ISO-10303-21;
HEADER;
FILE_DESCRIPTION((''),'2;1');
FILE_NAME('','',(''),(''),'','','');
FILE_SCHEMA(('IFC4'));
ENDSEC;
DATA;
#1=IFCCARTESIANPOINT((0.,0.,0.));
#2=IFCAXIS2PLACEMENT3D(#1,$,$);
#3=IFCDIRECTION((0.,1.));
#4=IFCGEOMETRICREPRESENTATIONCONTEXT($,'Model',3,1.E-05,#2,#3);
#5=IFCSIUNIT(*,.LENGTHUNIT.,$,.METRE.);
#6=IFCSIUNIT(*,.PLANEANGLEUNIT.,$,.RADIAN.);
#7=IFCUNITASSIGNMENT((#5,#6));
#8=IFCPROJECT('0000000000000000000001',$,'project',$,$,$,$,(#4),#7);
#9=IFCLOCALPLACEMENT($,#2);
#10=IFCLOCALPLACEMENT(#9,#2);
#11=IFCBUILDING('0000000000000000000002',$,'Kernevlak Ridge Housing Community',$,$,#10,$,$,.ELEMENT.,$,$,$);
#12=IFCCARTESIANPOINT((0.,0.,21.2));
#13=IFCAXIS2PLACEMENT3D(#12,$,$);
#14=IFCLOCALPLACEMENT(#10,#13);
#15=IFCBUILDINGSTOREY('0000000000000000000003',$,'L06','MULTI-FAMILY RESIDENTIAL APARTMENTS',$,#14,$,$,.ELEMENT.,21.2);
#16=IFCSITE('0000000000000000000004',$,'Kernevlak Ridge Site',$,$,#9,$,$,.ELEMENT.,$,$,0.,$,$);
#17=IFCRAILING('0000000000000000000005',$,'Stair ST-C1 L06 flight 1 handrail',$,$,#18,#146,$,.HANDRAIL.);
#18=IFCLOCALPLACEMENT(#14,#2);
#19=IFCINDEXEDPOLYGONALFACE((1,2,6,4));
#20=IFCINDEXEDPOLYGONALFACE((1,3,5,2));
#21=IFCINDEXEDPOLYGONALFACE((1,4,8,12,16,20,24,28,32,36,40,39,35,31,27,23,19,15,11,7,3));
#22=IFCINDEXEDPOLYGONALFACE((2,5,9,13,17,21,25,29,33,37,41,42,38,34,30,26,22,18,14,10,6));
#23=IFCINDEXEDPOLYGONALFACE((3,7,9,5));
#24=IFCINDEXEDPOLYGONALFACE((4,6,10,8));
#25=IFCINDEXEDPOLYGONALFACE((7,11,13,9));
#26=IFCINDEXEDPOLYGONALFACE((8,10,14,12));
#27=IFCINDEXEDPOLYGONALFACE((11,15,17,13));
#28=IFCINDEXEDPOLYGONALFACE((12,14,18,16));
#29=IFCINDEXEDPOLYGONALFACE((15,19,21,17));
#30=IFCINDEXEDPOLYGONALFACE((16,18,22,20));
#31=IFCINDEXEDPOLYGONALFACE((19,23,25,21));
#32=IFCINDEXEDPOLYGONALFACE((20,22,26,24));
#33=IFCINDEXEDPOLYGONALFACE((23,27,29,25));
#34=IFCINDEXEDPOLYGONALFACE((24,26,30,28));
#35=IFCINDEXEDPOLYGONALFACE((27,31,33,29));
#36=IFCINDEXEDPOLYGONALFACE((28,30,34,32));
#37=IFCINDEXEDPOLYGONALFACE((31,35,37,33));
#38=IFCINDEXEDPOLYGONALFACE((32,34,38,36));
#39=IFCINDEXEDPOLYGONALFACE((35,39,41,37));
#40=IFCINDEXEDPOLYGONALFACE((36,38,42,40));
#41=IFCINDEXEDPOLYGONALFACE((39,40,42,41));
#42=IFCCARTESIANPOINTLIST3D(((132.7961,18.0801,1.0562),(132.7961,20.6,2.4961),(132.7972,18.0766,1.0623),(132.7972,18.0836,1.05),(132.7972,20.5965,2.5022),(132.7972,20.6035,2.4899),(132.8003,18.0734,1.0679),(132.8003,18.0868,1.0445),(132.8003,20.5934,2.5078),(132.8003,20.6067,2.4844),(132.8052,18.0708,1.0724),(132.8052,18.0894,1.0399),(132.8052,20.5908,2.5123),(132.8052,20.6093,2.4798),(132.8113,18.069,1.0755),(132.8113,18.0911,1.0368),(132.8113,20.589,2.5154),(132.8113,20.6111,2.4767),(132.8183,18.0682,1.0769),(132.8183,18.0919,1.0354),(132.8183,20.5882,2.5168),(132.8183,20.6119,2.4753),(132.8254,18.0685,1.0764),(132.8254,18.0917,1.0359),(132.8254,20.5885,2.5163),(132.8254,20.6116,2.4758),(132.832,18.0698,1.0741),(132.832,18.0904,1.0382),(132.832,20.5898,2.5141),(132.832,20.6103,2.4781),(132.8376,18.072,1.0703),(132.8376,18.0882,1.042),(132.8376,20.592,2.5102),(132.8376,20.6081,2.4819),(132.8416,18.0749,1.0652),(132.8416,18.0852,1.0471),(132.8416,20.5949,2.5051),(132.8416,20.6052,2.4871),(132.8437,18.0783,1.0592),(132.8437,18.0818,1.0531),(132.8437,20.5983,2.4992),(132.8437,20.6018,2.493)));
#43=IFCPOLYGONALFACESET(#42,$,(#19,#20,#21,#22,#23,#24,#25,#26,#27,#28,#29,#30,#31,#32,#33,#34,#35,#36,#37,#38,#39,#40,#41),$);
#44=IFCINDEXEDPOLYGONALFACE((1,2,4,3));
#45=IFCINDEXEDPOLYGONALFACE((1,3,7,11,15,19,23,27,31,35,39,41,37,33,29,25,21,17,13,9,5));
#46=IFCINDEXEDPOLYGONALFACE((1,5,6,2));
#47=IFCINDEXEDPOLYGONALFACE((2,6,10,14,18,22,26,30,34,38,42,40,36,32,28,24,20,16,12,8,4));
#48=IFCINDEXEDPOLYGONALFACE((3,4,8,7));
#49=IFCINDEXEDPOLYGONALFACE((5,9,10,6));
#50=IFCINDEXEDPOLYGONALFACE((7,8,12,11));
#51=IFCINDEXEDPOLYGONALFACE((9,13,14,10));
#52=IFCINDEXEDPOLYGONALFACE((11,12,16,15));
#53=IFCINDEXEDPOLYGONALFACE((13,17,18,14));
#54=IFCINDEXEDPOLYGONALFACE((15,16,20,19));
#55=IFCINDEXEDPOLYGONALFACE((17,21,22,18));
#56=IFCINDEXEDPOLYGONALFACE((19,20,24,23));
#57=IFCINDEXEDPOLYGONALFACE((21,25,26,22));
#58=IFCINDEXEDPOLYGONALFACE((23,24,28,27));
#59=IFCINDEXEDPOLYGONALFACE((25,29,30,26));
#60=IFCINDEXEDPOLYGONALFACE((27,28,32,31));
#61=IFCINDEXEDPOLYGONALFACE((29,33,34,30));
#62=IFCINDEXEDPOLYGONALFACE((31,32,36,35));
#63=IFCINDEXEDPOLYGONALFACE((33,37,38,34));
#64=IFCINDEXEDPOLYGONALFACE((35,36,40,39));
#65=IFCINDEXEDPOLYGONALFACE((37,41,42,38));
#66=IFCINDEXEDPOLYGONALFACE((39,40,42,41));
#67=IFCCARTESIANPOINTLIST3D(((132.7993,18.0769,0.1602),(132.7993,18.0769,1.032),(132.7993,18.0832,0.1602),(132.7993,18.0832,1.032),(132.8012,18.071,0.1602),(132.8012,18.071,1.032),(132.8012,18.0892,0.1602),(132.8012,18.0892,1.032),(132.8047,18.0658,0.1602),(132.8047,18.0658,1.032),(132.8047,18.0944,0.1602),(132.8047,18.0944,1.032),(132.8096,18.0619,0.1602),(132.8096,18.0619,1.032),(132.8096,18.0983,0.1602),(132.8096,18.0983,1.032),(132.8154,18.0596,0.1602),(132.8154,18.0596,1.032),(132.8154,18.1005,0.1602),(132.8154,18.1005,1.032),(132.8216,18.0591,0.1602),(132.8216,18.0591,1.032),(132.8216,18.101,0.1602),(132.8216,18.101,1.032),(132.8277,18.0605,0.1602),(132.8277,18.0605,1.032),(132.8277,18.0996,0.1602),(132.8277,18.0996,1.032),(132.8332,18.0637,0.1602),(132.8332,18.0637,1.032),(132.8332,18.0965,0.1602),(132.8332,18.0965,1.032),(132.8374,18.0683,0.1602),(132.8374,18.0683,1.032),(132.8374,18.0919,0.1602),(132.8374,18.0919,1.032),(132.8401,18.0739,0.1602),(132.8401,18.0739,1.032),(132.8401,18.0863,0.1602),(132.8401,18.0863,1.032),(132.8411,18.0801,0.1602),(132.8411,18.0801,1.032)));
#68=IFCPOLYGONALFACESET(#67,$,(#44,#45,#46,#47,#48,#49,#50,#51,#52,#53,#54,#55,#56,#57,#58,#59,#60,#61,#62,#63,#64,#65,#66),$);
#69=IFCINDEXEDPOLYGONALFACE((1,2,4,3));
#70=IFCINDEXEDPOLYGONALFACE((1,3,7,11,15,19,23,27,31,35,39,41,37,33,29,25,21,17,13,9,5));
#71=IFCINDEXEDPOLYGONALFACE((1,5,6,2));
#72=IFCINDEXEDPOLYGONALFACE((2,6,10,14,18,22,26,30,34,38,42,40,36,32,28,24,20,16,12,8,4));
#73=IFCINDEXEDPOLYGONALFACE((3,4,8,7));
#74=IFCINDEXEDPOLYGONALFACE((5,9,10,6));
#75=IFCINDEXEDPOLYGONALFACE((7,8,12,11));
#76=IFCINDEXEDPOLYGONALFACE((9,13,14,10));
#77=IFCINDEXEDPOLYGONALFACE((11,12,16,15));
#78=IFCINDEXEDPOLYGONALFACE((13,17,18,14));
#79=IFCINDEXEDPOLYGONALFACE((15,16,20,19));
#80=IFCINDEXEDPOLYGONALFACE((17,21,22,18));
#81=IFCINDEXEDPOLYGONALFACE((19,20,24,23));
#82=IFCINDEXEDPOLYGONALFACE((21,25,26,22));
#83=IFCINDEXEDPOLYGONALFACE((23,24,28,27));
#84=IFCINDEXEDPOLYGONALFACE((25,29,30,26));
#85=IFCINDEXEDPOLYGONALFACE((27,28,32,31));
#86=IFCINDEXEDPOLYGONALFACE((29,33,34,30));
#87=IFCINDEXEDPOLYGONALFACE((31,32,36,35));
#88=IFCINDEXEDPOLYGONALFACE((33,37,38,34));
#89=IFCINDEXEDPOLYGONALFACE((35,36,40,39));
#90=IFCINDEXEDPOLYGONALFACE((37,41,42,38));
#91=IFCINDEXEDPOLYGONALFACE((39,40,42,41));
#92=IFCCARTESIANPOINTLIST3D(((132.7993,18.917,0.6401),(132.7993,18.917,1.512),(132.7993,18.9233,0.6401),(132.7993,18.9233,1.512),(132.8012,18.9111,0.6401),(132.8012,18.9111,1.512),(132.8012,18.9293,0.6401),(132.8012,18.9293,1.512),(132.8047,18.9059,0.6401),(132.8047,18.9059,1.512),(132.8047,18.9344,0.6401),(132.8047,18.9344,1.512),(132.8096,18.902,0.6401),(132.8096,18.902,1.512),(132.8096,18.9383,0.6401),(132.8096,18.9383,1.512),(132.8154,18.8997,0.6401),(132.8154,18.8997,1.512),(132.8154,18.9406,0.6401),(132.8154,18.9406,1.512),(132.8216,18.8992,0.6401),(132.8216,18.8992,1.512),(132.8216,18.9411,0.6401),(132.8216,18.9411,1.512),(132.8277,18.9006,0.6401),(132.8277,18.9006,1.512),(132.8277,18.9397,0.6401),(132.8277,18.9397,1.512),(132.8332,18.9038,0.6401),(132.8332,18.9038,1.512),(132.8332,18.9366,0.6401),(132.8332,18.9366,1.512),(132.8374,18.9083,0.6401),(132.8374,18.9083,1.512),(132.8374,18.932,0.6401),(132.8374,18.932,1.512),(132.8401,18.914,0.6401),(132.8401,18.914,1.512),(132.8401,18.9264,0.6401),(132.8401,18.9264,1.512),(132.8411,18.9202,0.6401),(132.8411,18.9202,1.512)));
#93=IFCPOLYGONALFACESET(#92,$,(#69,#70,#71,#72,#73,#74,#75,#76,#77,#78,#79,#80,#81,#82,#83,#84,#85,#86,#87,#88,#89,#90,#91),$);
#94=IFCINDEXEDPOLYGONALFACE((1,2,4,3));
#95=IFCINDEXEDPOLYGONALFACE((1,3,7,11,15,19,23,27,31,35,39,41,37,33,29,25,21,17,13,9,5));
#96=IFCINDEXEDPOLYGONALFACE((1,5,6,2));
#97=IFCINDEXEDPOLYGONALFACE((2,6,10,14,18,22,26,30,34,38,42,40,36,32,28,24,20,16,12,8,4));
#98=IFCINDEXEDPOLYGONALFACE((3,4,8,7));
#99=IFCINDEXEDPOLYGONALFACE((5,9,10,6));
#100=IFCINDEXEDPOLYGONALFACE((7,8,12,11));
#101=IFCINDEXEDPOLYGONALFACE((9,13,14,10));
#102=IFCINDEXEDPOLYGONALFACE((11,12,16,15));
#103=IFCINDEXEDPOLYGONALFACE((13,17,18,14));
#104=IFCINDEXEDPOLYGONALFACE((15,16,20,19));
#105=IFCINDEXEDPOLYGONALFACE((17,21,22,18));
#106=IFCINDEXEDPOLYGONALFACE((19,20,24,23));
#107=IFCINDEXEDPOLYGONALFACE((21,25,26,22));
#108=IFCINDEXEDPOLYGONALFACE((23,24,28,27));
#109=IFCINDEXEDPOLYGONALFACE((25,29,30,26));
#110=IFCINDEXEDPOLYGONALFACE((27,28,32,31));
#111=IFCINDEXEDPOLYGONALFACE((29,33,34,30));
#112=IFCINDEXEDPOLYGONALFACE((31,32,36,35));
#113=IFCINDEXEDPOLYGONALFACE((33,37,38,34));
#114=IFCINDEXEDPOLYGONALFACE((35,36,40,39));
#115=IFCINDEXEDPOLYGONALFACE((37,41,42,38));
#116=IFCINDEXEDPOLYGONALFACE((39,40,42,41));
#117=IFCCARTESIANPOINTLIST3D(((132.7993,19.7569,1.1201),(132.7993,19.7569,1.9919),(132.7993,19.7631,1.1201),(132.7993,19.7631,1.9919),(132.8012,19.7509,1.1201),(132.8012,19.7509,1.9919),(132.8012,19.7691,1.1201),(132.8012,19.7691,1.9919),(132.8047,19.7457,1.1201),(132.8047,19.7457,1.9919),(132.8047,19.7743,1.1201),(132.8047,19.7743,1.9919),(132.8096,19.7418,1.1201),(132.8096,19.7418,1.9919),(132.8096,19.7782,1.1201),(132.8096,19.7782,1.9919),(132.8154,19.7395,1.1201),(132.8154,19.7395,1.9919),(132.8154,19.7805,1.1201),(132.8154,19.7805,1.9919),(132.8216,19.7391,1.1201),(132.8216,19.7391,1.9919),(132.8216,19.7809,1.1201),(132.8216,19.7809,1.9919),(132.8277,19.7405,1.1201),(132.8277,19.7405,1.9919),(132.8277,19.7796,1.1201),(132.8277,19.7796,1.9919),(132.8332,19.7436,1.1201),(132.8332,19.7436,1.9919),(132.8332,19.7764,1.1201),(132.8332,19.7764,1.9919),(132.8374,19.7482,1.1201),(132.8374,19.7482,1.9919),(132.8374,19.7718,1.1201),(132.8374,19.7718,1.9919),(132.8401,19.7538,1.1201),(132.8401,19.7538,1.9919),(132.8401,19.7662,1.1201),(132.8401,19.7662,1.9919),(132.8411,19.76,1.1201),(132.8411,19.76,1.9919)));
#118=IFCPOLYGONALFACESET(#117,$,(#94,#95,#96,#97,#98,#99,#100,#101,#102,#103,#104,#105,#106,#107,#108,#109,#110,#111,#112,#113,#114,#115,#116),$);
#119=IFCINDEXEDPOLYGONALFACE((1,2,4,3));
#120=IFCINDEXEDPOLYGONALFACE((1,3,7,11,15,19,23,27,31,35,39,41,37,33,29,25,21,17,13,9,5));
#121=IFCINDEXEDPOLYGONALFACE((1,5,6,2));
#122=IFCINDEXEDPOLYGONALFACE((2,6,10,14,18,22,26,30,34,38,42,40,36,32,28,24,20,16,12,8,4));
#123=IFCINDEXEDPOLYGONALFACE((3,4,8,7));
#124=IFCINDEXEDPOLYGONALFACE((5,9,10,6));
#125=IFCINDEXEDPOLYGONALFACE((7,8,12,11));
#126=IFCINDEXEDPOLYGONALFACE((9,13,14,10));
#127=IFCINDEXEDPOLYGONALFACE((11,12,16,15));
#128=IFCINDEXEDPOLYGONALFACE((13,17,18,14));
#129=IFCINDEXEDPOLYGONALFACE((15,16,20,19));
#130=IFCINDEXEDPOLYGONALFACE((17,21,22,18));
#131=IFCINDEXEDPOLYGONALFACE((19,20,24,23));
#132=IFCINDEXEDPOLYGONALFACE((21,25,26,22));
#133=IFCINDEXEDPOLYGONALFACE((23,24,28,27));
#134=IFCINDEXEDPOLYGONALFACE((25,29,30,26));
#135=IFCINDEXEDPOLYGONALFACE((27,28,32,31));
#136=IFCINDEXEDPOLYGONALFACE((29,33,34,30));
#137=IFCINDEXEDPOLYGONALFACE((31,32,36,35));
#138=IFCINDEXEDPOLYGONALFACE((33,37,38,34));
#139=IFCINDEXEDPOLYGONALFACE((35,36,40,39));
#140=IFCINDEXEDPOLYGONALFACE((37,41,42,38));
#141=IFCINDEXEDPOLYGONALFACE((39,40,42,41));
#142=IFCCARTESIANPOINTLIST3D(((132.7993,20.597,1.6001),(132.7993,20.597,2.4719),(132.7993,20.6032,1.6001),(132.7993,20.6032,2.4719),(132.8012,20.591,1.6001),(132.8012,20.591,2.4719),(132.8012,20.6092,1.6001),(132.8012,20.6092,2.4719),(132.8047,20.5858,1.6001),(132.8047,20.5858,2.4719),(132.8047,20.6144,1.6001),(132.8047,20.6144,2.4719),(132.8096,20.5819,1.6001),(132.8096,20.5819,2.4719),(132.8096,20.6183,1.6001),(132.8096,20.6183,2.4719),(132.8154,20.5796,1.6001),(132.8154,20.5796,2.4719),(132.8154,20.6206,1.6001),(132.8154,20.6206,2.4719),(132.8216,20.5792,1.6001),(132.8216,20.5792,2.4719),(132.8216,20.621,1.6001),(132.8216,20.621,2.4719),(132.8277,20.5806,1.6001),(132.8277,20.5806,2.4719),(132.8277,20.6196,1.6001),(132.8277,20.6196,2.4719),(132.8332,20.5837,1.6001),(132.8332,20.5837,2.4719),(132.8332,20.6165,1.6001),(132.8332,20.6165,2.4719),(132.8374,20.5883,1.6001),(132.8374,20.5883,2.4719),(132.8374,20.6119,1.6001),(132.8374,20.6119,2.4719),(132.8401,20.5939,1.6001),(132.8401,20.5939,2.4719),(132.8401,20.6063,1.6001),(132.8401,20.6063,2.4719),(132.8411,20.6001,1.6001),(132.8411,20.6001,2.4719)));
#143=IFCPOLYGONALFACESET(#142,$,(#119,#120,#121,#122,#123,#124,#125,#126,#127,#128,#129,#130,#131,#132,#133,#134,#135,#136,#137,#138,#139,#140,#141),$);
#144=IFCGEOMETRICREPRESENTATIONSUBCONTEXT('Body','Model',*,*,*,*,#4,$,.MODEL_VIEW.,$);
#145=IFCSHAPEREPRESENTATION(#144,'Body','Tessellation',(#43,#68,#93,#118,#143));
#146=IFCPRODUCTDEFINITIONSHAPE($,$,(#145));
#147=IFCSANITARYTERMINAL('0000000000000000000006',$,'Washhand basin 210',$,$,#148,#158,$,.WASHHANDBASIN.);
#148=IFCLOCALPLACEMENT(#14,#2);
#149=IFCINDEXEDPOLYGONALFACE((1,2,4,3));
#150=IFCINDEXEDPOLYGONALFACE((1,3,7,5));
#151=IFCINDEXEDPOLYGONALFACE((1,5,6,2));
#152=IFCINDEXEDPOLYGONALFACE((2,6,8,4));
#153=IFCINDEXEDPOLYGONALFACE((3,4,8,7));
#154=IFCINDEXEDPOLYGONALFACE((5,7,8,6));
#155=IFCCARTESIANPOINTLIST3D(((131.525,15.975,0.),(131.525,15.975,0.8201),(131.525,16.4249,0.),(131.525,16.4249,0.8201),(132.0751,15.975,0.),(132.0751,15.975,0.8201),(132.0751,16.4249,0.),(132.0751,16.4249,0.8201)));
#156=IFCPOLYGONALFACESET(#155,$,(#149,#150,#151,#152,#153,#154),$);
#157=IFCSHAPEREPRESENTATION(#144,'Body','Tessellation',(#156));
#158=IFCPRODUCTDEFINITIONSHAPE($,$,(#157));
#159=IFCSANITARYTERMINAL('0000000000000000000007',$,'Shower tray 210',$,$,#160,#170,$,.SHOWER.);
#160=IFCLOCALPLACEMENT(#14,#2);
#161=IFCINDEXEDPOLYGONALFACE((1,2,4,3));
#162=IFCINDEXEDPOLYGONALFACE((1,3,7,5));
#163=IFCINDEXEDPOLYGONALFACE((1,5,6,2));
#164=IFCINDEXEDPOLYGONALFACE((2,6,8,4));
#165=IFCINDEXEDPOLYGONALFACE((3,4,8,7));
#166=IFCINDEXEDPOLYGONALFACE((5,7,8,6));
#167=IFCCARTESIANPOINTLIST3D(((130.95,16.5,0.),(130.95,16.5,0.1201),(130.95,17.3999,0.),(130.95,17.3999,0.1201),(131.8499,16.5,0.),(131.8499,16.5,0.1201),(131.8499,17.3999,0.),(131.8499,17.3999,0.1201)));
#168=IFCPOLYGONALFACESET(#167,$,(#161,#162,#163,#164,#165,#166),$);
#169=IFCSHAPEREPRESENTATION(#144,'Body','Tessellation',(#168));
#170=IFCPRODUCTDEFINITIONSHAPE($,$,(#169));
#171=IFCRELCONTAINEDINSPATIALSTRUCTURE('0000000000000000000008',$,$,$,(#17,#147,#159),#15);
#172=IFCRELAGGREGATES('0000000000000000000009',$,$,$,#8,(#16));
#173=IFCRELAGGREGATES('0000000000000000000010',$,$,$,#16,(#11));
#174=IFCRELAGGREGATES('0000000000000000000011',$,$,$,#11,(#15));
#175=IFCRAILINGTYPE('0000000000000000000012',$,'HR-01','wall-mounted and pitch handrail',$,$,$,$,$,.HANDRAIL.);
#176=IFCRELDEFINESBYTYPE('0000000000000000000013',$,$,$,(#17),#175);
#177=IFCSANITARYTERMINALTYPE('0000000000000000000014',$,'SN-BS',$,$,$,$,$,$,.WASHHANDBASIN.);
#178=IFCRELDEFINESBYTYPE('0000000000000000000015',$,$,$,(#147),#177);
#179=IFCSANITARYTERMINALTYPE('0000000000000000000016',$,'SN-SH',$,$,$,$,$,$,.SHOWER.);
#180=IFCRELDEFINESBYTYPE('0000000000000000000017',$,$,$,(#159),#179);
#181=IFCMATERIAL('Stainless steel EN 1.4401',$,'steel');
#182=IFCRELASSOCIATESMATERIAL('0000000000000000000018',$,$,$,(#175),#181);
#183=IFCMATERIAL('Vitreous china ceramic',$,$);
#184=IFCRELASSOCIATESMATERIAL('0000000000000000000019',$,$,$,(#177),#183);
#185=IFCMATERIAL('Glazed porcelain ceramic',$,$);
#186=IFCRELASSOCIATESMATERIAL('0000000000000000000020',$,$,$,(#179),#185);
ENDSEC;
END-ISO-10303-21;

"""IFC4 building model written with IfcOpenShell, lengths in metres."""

from ifc_helpers import new_model, si_unit, direction, frame, origin, origin_2d, place, context, subcontext, project, spatial, rectangle, circle, extrude, material, type_object, element, save


model = new_model("IFC4")

# Units and contexts
model_context = context("Model", 3, precision=1e-05, world=origin(), true_north=direction((0.0, 1.0)))
body_context = subcontext(model_context, "Body", "Model", "MODEL_VIEW")
ifc_project = project(units=[si_unit("LENGTHUNIT", "METRE"), si_unit("PLANEANGLEUNIT", "RADIAN")], contexts=[model_context])

# Site, building, storey
site_placement = place(None, origin())
site = spatial("IfcSite", under=ifc_project, at=site_placement, Name="Kernevlak Ridge Site", CompositionType="ELEMENT", RefElevation=0.0)
building_placement = place(site_placement, origin())
building = spatial("IfcBuilding", under=site, at=building_placement, Name="Kernevlak Ridge Housing Community", CompositionType="ELEMENT")
storey_placement = place(building_placement, frame((0.0, 0.0, 21.2)))
storey = spatial("IfcBuildingStorey", under=building, at=storey_placement, Name="L06", Description="MULTI-FAMILY RESIDENTIAL APARTMENTS", CompositionType="ELEMENT", Elevation=21.2)

# Railing
ifc_material_1 = material(Name="Stainless steel EN 1.4401", Category="steel")
railing_type_1 = type_object("IfcRailingType", Name="HR-01", Description="wall-mounted and pitch handrail", PredefinedType="HANDRAIL", material=ifc_material_1)
railing_1_placement = place(storey_placement, frame((132.8201, 18.0801, 0.1602)))
element("IfcRailing", 1, at=railing_1_placement, inside=storey, type_object=railing_type_1, Name="Stair ST-C1 L06 flight 1 handrail", PredefinedType="HANDRAIL", context=body_context, shape_type="SweptSolid", body=[
    extrude(circle(Radius=0.0239, at=origin_2d()), frame((0.0, 0.0, 0.896), z_axis=(0.0, 0.868253, 0.496121), x_axis=(-1.0, 0.0, 0.0)), (0.0, 0.0, 1.0), 2.9023),
    extrude(circle(Radius=0.021, at=origin_2d()), origin(), (0.0, 0.0, 1.0), 0.8718),
    extrude(circle(Radius=0.021, at=origin_2d()), frame((0.0, 0.8401, 0.48)), (0.0, 0.0, 1.0), 0.8718),
    extrude(circle(Radius=0.021, at=origin_2d()), frame((0.0, 1.6799, 0.96)), (0.0, 0.0, 1.0), 0.8718),
    extrude(circle(Radius=0.021, at=origin_2d()), frame((0.0, 2.52, 1.4399)), (0.0, 0.0, 1.0), 0.8718),
])

# Sanitary terminals
ifc_material_2 = material(Name="Vitreous china ceramic")
sanitary_terminal_type_1 = type_object("IfcSanitaryTerminalType", Name="SN-BS", PredefinedType="WASHHANDBASIN", material=ifc_material_2)
sanitary_terminal_1_placement = place(storey_placement, frame((131.8, 16.2, 0.0), z_axis=(0.0, 0.0, 1.0), x_axis=(1.0, 0.0, 0.0)))
element("IfcSanitaryTerminal", 2, at=sanitary_terminal_1_placement, inside=storey, type_object=sanitary_terminal_type_1, Name="Washhand basin 210", PredefinedType="WASHHANDBASIN", context=body_context, shape_type="SweptSolid", body=[
    extrude(rectangle(XDim=0.55, YDim=0.45, at=origin_2d()), origin(), (0.0, 0.0, 1.0), 0.8201),
])
ifc_material_3 = material(Name="Glazed porcelain ceramic")
sanitary_terminal_type_2 = type_object("IfcSanitaryTerminalType", Name="SN-SH", PredefinedType="SHOWER", material=ifc_material_3)
sanitary_terminal_2_placement = place(storey_placement, frame((131.3999, 16.95, 0.0), z_axis=(0.0, 0.0, 1.0), x_axis=(1.0, 0.0, 0.0)))
element("IfcSanitaryTerminal", 3, at=sanitary_terminal_2_placement, inside=storey, type_object=sanitary_terminal_type_2, Name="Shower tray 210", PredefinedType="SHOWER", context=body_context, shape_type="SweptSolid", body=[
    extrude(rectangle(XDim=0.8999, YDim=0.8999, at=origin_2d()), origin(), (0.0, 0.0, 1.0), 0.1201),
])

save(model, "model.ifc")
